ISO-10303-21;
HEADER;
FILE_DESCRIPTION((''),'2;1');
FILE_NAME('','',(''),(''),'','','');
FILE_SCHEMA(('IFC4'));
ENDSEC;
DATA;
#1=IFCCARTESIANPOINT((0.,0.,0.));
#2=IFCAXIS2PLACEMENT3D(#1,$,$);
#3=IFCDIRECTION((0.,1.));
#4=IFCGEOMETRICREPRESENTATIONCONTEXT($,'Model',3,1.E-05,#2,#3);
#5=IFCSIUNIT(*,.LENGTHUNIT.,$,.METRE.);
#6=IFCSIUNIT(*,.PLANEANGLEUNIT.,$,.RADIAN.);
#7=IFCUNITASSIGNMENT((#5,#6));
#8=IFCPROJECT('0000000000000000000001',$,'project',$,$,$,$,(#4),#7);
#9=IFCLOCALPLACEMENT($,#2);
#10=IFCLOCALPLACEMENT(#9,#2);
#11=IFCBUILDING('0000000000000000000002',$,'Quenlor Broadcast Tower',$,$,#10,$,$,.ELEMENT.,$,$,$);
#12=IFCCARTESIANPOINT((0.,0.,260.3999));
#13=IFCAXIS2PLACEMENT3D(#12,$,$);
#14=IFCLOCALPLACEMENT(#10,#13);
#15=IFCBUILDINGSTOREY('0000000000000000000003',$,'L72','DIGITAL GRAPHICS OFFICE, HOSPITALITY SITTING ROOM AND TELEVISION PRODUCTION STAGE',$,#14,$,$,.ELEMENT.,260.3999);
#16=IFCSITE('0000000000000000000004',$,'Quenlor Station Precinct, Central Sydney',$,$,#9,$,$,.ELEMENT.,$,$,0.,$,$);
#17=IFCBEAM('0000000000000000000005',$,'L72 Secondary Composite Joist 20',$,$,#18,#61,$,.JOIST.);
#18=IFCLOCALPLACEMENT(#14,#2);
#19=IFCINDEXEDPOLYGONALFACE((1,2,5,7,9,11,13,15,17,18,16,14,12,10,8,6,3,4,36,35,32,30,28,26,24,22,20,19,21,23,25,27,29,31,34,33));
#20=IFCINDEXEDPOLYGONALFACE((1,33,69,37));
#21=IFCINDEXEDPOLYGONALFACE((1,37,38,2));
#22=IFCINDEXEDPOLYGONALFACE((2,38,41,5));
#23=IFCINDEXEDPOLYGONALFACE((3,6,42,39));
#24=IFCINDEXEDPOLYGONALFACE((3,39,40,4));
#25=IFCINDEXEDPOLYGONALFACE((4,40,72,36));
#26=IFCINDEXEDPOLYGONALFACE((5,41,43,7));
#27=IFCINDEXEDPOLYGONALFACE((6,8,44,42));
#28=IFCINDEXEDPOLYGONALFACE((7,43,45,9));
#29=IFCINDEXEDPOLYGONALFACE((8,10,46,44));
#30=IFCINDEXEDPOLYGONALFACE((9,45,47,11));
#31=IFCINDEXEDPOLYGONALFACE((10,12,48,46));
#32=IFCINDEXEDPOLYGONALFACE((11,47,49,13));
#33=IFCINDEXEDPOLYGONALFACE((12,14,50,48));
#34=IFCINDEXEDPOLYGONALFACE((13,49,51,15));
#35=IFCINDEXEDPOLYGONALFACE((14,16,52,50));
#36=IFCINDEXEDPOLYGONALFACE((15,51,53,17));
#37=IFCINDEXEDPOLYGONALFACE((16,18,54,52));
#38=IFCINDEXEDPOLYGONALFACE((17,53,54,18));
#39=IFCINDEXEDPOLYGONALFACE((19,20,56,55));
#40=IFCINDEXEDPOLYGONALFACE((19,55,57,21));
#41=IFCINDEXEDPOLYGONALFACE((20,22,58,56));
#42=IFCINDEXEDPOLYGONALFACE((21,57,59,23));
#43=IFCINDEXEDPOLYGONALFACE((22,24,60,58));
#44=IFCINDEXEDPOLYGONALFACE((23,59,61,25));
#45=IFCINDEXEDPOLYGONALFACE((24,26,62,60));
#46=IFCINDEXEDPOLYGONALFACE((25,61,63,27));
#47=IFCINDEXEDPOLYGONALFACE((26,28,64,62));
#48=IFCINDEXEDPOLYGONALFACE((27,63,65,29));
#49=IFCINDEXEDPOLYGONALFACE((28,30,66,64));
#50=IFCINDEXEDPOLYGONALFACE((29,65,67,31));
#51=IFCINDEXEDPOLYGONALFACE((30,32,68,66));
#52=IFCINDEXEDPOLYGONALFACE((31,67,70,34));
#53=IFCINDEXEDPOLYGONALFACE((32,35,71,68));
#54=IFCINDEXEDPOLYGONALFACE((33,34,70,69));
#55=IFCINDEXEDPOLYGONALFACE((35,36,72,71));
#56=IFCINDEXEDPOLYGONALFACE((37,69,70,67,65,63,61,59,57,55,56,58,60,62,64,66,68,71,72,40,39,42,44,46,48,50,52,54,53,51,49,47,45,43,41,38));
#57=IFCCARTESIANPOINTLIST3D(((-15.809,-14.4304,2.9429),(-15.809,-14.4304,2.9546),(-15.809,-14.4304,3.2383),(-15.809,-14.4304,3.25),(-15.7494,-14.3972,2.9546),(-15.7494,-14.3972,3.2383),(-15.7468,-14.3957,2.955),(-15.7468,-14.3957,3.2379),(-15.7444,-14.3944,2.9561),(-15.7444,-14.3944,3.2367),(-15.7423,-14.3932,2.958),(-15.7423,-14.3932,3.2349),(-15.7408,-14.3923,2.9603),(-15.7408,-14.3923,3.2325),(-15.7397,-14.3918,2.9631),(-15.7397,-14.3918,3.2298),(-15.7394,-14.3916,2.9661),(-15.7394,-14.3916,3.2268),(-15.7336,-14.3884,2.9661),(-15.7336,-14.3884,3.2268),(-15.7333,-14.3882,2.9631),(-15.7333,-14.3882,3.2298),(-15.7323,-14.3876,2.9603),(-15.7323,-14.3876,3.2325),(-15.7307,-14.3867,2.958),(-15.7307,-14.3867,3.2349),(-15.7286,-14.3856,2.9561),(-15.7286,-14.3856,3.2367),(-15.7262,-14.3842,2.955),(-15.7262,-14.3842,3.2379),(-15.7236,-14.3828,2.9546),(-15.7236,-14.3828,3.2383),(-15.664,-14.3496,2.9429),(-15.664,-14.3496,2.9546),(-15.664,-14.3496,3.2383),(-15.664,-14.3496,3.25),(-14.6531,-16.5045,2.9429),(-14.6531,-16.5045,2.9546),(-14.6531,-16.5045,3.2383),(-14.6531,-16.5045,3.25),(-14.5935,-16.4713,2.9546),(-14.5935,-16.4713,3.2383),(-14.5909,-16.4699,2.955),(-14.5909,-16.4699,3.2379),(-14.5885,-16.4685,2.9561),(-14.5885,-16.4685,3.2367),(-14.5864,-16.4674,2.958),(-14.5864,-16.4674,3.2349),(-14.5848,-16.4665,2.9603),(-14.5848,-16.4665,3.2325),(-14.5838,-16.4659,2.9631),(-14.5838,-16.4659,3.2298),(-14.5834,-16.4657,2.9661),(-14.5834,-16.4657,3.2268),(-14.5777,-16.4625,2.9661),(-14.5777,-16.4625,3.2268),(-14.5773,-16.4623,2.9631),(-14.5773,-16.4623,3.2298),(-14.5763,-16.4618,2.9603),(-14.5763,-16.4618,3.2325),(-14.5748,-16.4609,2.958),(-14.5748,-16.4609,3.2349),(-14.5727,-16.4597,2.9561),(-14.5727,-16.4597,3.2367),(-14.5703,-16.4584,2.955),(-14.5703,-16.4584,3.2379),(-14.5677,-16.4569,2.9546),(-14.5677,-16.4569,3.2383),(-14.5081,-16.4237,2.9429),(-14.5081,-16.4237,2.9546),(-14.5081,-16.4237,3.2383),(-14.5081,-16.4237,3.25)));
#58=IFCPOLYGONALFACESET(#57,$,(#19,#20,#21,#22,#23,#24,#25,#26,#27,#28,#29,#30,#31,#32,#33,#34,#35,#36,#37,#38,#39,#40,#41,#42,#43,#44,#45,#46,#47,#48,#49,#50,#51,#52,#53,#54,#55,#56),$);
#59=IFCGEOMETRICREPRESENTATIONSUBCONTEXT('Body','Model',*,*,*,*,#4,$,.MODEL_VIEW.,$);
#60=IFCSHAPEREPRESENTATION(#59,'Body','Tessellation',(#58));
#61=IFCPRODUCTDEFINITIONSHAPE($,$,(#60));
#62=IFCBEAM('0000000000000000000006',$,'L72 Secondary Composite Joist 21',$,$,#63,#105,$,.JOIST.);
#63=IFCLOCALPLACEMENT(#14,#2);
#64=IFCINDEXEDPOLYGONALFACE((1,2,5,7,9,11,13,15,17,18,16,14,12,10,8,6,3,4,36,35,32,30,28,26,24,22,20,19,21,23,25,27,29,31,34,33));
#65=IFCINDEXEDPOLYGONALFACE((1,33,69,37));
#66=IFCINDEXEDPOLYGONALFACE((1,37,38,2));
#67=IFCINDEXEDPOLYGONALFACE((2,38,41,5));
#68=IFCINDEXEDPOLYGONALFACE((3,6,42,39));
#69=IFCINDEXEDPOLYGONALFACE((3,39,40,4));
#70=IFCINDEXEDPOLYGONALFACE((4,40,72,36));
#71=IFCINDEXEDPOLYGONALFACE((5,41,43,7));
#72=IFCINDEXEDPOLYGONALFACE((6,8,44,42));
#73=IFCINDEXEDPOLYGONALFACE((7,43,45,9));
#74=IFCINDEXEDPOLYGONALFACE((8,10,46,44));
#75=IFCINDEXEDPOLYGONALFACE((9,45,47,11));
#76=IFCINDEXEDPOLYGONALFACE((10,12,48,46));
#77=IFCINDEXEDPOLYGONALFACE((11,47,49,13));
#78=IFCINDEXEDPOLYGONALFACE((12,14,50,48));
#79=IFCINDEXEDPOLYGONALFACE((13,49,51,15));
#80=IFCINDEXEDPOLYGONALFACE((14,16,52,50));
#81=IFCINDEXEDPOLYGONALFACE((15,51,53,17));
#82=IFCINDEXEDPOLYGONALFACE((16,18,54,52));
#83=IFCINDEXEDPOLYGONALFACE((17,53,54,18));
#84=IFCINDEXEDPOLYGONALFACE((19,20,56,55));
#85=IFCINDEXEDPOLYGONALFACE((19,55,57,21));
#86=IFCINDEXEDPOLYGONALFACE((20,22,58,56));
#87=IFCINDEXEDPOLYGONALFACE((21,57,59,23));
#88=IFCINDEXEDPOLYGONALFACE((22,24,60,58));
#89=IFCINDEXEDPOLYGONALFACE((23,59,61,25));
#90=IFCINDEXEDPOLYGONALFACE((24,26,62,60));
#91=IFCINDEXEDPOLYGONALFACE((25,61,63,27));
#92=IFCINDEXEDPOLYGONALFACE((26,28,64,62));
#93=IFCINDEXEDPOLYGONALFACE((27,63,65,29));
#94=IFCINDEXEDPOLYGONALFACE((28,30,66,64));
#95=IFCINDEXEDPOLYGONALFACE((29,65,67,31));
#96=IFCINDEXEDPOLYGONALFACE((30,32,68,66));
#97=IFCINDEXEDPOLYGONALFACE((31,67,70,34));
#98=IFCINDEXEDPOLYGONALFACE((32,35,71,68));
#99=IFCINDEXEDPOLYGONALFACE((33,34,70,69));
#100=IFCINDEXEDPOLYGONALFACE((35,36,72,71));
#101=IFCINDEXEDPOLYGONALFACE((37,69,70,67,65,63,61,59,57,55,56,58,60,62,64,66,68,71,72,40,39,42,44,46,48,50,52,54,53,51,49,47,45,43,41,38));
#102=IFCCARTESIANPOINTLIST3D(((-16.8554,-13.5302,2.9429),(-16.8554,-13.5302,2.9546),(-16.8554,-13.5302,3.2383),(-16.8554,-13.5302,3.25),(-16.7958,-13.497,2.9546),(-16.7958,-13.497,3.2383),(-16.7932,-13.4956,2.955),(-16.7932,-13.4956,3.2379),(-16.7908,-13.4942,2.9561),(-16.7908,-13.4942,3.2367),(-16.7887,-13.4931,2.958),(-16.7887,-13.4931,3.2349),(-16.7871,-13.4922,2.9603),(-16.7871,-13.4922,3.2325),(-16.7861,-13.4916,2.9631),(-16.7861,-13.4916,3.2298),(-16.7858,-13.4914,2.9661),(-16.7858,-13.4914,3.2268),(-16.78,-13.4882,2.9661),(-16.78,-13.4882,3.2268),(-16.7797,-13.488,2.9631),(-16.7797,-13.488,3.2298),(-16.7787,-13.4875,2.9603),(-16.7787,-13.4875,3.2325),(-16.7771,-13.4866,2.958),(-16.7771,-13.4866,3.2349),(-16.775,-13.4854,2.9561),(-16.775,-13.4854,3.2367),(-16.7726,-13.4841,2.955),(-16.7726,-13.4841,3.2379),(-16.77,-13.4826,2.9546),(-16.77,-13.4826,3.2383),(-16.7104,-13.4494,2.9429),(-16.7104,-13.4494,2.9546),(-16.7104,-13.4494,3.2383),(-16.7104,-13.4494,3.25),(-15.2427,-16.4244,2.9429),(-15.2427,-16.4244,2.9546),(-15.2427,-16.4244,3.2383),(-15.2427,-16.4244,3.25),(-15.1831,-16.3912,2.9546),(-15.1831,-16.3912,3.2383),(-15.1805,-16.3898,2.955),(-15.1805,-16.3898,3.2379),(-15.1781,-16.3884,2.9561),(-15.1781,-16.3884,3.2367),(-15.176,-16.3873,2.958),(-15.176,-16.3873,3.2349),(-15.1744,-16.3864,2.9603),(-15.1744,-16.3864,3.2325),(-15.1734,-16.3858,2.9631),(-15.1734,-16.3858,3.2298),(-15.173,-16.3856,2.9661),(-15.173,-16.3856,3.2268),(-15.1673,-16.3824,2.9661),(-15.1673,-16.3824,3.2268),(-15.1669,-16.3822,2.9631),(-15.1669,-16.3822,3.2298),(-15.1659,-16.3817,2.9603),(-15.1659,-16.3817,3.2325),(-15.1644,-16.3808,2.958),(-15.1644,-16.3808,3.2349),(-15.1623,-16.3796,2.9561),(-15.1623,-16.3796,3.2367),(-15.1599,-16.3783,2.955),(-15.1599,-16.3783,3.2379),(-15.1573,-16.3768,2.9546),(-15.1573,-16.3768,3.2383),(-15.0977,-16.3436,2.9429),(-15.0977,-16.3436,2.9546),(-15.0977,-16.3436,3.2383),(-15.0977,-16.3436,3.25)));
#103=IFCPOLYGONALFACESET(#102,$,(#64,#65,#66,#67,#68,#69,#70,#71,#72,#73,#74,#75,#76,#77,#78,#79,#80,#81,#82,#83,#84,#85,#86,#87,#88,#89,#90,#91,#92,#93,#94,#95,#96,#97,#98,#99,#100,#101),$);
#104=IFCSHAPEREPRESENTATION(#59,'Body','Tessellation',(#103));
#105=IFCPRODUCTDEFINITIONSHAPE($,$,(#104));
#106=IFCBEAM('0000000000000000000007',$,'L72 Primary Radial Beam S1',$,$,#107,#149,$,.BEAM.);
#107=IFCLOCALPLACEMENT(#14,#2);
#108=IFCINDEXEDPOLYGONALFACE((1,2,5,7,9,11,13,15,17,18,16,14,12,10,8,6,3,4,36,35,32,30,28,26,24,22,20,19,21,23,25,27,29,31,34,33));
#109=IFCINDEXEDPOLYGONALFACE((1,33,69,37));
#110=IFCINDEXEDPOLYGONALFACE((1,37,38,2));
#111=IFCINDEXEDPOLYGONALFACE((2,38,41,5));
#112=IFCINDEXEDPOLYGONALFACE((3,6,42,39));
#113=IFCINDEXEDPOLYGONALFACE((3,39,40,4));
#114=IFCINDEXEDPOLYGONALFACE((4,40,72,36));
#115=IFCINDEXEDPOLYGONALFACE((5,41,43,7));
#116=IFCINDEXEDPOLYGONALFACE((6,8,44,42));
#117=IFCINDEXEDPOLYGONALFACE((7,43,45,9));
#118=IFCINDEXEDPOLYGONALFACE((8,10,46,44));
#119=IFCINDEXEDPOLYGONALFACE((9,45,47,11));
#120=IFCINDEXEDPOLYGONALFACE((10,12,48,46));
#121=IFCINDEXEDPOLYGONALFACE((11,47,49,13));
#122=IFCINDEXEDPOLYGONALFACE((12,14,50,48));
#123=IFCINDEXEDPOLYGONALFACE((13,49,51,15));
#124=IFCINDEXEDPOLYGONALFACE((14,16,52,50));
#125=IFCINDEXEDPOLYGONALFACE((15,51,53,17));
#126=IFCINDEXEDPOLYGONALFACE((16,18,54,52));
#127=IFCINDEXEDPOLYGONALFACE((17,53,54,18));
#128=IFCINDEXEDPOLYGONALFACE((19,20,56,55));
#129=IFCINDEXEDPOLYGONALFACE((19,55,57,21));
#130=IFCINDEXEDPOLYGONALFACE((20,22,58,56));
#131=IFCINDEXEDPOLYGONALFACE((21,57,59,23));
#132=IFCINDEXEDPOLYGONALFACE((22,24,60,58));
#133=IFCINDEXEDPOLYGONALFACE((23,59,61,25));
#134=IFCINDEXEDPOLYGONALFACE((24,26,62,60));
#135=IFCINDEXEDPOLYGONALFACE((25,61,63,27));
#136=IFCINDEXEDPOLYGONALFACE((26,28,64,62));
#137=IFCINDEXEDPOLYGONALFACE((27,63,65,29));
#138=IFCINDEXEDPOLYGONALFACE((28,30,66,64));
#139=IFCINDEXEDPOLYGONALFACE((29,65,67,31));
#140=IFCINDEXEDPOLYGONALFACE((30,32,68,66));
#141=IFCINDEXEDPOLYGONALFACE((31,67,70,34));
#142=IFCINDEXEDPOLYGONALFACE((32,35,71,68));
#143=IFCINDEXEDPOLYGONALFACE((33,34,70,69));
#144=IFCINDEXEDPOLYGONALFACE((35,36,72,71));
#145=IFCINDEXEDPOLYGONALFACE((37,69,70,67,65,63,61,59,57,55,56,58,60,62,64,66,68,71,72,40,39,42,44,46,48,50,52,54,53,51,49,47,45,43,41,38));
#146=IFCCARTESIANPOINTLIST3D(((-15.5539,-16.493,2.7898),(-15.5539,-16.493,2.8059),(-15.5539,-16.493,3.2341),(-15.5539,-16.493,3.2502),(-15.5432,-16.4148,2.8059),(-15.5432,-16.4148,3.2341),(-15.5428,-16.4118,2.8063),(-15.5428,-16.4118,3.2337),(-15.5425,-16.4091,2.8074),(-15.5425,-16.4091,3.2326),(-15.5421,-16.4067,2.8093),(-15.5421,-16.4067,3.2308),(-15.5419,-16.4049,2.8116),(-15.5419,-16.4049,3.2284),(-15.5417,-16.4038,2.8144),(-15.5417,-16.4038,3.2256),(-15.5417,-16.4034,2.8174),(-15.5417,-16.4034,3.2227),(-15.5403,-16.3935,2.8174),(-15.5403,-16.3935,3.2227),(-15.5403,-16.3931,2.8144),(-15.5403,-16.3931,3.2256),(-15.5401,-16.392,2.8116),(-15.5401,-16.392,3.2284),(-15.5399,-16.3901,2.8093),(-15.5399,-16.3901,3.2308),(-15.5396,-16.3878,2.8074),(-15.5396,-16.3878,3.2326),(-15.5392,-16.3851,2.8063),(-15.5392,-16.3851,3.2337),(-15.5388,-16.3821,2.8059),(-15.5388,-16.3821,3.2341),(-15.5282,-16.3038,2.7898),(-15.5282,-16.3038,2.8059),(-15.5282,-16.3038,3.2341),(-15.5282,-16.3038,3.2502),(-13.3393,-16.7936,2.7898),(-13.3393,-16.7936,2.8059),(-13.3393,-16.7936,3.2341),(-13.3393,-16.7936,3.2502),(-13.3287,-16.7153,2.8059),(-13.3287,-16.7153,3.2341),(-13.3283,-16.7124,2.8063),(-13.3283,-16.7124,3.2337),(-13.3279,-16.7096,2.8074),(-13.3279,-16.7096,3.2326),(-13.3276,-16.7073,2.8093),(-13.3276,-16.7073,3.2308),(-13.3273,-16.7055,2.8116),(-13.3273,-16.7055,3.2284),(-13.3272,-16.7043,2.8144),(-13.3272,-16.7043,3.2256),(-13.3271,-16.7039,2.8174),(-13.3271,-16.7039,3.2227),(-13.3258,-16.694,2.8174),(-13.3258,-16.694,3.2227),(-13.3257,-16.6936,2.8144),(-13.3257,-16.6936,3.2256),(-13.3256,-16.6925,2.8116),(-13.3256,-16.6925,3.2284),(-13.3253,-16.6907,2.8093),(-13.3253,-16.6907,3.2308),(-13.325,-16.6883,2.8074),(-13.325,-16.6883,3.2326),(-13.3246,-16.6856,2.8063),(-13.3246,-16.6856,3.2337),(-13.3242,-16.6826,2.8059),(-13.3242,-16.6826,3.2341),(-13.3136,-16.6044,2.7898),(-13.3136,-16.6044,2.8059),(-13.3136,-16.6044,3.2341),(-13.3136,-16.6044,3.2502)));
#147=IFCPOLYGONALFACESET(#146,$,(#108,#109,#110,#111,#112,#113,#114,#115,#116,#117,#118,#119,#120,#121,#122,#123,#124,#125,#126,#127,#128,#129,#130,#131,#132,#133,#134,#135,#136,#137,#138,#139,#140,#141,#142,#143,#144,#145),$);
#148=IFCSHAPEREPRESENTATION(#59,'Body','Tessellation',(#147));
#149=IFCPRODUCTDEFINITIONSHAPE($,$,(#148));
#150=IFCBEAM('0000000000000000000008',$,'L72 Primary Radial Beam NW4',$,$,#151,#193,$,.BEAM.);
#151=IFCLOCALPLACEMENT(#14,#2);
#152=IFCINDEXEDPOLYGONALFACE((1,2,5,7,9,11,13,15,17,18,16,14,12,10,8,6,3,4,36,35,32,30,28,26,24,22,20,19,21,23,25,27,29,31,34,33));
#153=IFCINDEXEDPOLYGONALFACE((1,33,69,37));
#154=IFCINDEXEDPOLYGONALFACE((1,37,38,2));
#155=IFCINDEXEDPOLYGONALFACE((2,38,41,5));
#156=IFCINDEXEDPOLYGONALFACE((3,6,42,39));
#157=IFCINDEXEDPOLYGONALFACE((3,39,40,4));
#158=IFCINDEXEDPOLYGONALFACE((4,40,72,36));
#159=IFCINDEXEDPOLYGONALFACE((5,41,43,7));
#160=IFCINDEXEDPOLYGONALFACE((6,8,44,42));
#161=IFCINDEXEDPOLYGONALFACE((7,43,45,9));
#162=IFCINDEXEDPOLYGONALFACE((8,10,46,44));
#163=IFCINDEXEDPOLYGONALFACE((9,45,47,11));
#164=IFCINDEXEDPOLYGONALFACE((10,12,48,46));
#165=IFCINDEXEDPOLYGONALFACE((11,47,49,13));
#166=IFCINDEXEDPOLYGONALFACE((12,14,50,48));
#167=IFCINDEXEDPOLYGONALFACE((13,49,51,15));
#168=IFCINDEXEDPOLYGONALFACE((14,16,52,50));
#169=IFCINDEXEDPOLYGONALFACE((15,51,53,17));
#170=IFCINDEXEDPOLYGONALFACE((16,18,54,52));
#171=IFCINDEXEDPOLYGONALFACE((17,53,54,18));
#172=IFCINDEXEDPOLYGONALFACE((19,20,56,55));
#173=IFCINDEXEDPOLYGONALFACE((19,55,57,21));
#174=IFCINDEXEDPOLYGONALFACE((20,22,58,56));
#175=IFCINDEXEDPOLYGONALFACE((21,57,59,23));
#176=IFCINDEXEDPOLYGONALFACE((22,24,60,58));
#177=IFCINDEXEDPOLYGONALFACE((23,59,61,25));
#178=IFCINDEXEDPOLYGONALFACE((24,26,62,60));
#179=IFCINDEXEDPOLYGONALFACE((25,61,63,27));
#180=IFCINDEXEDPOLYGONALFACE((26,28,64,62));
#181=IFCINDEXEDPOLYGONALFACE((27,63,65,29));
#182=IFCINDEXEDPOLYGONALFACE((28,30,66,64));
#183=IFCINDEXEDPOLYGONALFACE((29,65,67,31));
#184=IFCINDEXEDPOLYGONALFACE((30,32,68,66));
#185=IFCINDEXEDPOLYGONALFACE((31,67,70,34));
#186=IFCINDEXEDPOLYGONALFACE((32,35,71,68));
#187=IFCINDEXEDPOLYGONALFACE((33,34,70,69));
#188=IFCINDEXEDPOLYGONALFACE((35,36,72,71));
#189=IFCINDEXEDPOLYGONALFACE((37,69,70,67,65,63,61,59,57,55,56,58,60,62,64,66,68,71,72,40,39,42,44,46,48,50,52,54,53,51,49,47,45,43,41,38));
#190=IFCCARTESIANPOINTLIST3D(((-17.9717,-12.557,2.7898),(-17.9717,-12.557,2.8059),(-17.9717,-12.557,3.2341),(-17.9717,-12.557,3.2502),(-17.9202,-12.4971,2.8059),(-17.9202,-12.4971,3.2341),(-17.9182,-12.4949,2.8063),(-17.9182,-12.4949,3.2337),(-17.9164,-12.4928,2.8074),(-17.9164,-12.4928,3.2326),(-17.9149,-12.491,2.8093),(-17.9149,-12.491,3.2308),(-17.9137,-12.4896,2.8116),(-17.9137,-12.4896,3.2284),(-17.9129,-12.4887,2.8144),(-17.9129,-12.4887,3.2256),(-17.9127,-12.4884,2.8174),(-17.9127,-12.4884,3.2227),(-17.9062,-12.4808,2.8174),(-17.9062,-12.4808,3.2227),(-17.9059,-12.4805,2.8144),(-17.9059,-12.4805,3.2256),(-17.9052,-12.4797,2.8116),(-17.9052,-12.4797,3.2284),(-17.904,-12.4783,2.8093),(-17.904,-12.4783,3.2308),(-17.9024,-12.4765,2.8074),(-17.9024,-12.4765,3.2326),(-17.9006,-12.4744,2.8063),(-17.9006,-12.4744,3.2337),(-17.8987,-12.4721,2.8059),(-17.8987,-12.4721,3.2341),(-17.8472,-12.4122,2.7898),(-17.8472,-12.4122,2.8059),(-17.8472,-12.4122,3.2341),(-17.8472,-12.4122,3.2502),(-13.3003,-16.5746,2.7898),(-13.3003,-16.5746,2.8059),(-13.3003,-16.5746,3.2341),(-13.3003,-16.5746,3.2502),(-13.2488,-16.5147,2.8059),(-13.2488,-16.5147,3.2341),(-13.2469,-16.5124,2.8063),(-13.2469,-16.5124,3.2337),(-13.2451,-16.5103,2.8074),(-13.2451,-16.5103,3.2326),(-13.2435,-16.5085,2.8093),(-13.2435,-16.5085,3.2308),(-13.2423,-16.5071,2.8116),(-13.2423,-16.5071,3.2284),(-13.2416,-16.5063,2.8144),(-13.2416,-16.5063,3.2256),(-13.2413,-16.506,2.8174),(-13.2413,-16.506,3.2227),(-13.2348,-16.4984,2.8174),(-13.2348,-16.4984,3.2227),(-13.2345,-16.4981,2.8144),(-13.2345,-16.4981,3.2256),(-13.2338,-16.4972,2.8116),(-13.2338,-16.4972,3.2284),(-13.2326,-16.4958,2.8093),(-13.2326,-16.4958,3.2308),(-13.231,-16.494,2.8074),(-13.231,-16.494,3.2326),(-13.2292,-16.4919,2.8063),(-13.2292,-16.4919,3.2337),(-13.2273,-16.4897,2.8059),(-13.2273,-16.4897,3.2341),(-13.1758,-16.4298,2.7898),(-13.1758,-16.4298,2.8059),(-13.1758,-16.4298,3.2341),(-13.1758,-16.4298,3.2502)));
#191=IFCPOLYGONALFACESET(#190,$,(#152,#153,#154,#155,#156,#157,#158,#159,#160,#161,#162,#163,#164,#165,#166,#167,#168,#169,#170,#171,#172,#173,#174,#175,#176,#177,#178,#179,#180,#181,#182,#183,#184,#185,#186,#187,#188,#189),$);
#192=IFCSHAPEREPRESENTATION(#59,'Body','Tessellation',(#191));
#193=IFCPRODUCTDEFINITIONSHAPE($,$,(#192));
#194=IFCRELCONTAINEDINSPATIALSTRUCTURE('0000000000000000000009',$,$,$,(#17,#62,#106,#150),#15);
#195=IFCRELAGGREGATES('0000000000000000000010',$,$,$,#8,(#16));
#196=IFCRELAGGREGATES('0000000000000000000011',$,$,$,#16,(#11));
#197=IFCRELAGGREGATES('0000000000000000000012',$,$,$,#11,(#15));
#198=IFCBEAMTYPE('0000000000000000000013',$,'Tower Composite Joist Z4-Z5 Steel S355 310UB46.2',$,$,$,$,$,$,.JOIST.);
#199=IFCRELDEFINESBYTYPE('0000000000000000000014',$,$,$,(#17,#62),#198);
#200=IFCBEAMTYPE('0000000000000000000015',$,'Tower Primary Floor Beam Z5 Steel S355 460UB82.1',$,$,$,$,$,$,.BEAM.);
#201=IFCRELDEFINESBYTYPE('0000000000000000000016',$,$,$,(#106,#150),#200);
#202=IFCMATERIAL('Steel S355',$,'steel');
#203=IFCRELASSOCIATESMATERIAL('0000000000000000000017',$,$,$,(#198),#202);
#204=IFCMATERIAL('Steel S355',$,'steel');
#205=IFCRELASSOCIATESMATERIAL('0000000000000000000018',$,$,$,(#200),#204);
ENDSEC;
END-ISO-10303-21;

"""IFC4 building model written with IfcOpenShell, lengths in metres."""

from ifc_helpers import new_model, si_unit, direction, frame, origin, origin_2d, place, context, subcontext, project, spatial, i_section, extrude, material, material_profile, profile_set, type_object, element, save


model = new_model("IFC4")

# Units and contexts
model_context = context("Model", 3, precision=1e-05, world=origin(), true_north=direction((0.0, 1.0)))
body_context = subcontext(model_context, "Body", "Model", "MODEL_VIEW")
ifc_project = project(units=[si_unit("LENGTHUNIT", "METRE"), si_unit("PLANEANGLEUNIT", "RADIAN")], contexts=[model_context])

# Site, building, storey
site_placement = place(None, origin())
site = spatial("IfcSite", under=ifc_project, at=site_placement, Name="Quenlor Station Precinct, Central Sydney", CompositionType="ELEMENT", RefElevation=0.0)
building_placement = place(site_placement, origin())
building = spatial("IfcBuilding", under=site, at=building_placement, Name="Quenlor Broadcast Tower", CompositionType="ELEMENT")
storey_placement = place(building_placement, frame((0.0, 0.0, 260.3999)))
storey = spatial("IfcBuildingStorey", under=building, at=storey_placement, Name="L72", Description="DIGITAL GRAPHICS OFFICE, HOSPITALITY SITTING ROOM AND TELEVISION PRODUCTION STAGE", CompositionType="ELEMENT", Elevation=260.3999)

# Beams
ifc_material_1 = material(Name="Steel S355", Category="steel")
ifc_material_profile_1 = material_profile(ifc_material_1, i_section(OverallWidth=0.166, OverallDepth=0.3071, WebThickness=0.0066, FlangeThickness=0.0117, FilletRadius=0.0115, at=origin_2d()))
ifc_profile_set_1 = profile_set([ifc_material_profile_1], Name="Steel S355 310UB46.2")
beam_type_1 = type_object("IfcBeamType", Name="Tower Composite Joist Z4-Z5 Steel S355 310UB46.2", PredefinedType="JOIST", material=ifc_profile_set_1)
beam_1_placement = place(storey_placement, frame((-14.5806, -16.4641, 3.0964), z_axis=(-0.486821, 0.873502, 0.0), x_axis=(-0.873502, -0.486821, 0.0)))
element("IfcBeam", 1, at=beam_1_placement, inside=storey, type_object=beam_type_1, Name="L72 Secondary Composite Joist 20", PredefinedType="JOIST", context=body_context, shape_type="SweptSolid", body=[
    extrude(i_section(OverallWidth=0.166, OverallDepth=0.3071, WebThickness=0.0066, FlangeThickness=0.0117, FilletRadius=0.0115, at=origin_2d()), origin(), (0.0, 0.0, 1.0), 2.3745),
])
beam_2_placement = place(storey_placement, frame((-15.1702, -16.384, 3.0964), z_axis=(-0.486762, 0.873534, 0.0), x_axis=(-0.873534, -0.486762, 0.0)))
element("IfcBeam", 2, at=beam_2_placement, inside=storey, type_object=beam_type_1, Name="L72 Secondary Composite Joist 21", PredefinedType="JOIST", context=body_context, shape_type="SweptSolid", body=[
    extrude(i_section(OverallWidth=0.166, OverallDepth=0.3071, WebThickness=0.0066, FlangeThickness=0.0117, FilletRadius=0.0115, at=origin_2d()), origin(), (0.0, 0.0, 1.0), 3.3132),
])
ifc_material_2 = material(Name="Steel S355", Category="steel")
ifc_material_profile_2 = material_profile(ifc_material_2, i_section(OverallWidth=0.1909, OverallDepth=0.4604, WebThickness=0.01, FlangeThickness=0.0161, FilletRadius=0.0115, at=origin_2d()))
ifc_profile_set_2 = profile_set([ifc_material_profile_2], Name="Steel S355 460UB82.1")
beam_type_2 = type_object("IfcBeamType", Name="Tower Primary Floor Beam Z5 Steel S355 460UB82.1", PredefinedType="BEAM", material=ifc_profile_set_2)
beam_3_placement = place(storey_placement, frame((-15.541, -16.3984, 3.02), z_axis=(0.990917, -0.134475, 0.0), x_axis=(0.134475, 0.990917, 0.0)))
element("IfcBeam", 3, at=beam_3_placement, inside=storey, type_object=beam_type_2, Name="L72 Primary Radial Beam S1", PredefinedType="BEAM", context=body_context, shape_type="SweptSolid", body=[
    extrude(i_section(OverallWidth=0.1909, OverallDepth=0.4604, WebThickness=0.01, FlangeThickness=0.0161, FilletRadius=0.0115, at=origin_2d()), origin(), (0.0, 0.0, 1.0), 2.2349),
])
beam_4_placement = place(storey_placement, frame((-17.9094, -12.4846, 3.02), z_axis=(0.75817, -0.652057, 0.0), x_axis=(0.652057, 0.75817, 0.0)))
element("IfcBeam", 4, at=beam_4_placement, inside=storey, type_object=beam_type_2, Name="L72 Primary Radial Beam NW4", PredefinedType="BEAM", context=body_context, shape_type="SweptSolid", body=[
    extrude(i_section(OverallWidth=0.1909, OverallDepth=0.4604, WebThickness=0.01, FlangeThickness=0.0161, FilletRadius=0.0115, at=origin_2d()), origin(), (0.0, 0.0, 1.0), 6.1614),
])

save(model, "model.ifc")
